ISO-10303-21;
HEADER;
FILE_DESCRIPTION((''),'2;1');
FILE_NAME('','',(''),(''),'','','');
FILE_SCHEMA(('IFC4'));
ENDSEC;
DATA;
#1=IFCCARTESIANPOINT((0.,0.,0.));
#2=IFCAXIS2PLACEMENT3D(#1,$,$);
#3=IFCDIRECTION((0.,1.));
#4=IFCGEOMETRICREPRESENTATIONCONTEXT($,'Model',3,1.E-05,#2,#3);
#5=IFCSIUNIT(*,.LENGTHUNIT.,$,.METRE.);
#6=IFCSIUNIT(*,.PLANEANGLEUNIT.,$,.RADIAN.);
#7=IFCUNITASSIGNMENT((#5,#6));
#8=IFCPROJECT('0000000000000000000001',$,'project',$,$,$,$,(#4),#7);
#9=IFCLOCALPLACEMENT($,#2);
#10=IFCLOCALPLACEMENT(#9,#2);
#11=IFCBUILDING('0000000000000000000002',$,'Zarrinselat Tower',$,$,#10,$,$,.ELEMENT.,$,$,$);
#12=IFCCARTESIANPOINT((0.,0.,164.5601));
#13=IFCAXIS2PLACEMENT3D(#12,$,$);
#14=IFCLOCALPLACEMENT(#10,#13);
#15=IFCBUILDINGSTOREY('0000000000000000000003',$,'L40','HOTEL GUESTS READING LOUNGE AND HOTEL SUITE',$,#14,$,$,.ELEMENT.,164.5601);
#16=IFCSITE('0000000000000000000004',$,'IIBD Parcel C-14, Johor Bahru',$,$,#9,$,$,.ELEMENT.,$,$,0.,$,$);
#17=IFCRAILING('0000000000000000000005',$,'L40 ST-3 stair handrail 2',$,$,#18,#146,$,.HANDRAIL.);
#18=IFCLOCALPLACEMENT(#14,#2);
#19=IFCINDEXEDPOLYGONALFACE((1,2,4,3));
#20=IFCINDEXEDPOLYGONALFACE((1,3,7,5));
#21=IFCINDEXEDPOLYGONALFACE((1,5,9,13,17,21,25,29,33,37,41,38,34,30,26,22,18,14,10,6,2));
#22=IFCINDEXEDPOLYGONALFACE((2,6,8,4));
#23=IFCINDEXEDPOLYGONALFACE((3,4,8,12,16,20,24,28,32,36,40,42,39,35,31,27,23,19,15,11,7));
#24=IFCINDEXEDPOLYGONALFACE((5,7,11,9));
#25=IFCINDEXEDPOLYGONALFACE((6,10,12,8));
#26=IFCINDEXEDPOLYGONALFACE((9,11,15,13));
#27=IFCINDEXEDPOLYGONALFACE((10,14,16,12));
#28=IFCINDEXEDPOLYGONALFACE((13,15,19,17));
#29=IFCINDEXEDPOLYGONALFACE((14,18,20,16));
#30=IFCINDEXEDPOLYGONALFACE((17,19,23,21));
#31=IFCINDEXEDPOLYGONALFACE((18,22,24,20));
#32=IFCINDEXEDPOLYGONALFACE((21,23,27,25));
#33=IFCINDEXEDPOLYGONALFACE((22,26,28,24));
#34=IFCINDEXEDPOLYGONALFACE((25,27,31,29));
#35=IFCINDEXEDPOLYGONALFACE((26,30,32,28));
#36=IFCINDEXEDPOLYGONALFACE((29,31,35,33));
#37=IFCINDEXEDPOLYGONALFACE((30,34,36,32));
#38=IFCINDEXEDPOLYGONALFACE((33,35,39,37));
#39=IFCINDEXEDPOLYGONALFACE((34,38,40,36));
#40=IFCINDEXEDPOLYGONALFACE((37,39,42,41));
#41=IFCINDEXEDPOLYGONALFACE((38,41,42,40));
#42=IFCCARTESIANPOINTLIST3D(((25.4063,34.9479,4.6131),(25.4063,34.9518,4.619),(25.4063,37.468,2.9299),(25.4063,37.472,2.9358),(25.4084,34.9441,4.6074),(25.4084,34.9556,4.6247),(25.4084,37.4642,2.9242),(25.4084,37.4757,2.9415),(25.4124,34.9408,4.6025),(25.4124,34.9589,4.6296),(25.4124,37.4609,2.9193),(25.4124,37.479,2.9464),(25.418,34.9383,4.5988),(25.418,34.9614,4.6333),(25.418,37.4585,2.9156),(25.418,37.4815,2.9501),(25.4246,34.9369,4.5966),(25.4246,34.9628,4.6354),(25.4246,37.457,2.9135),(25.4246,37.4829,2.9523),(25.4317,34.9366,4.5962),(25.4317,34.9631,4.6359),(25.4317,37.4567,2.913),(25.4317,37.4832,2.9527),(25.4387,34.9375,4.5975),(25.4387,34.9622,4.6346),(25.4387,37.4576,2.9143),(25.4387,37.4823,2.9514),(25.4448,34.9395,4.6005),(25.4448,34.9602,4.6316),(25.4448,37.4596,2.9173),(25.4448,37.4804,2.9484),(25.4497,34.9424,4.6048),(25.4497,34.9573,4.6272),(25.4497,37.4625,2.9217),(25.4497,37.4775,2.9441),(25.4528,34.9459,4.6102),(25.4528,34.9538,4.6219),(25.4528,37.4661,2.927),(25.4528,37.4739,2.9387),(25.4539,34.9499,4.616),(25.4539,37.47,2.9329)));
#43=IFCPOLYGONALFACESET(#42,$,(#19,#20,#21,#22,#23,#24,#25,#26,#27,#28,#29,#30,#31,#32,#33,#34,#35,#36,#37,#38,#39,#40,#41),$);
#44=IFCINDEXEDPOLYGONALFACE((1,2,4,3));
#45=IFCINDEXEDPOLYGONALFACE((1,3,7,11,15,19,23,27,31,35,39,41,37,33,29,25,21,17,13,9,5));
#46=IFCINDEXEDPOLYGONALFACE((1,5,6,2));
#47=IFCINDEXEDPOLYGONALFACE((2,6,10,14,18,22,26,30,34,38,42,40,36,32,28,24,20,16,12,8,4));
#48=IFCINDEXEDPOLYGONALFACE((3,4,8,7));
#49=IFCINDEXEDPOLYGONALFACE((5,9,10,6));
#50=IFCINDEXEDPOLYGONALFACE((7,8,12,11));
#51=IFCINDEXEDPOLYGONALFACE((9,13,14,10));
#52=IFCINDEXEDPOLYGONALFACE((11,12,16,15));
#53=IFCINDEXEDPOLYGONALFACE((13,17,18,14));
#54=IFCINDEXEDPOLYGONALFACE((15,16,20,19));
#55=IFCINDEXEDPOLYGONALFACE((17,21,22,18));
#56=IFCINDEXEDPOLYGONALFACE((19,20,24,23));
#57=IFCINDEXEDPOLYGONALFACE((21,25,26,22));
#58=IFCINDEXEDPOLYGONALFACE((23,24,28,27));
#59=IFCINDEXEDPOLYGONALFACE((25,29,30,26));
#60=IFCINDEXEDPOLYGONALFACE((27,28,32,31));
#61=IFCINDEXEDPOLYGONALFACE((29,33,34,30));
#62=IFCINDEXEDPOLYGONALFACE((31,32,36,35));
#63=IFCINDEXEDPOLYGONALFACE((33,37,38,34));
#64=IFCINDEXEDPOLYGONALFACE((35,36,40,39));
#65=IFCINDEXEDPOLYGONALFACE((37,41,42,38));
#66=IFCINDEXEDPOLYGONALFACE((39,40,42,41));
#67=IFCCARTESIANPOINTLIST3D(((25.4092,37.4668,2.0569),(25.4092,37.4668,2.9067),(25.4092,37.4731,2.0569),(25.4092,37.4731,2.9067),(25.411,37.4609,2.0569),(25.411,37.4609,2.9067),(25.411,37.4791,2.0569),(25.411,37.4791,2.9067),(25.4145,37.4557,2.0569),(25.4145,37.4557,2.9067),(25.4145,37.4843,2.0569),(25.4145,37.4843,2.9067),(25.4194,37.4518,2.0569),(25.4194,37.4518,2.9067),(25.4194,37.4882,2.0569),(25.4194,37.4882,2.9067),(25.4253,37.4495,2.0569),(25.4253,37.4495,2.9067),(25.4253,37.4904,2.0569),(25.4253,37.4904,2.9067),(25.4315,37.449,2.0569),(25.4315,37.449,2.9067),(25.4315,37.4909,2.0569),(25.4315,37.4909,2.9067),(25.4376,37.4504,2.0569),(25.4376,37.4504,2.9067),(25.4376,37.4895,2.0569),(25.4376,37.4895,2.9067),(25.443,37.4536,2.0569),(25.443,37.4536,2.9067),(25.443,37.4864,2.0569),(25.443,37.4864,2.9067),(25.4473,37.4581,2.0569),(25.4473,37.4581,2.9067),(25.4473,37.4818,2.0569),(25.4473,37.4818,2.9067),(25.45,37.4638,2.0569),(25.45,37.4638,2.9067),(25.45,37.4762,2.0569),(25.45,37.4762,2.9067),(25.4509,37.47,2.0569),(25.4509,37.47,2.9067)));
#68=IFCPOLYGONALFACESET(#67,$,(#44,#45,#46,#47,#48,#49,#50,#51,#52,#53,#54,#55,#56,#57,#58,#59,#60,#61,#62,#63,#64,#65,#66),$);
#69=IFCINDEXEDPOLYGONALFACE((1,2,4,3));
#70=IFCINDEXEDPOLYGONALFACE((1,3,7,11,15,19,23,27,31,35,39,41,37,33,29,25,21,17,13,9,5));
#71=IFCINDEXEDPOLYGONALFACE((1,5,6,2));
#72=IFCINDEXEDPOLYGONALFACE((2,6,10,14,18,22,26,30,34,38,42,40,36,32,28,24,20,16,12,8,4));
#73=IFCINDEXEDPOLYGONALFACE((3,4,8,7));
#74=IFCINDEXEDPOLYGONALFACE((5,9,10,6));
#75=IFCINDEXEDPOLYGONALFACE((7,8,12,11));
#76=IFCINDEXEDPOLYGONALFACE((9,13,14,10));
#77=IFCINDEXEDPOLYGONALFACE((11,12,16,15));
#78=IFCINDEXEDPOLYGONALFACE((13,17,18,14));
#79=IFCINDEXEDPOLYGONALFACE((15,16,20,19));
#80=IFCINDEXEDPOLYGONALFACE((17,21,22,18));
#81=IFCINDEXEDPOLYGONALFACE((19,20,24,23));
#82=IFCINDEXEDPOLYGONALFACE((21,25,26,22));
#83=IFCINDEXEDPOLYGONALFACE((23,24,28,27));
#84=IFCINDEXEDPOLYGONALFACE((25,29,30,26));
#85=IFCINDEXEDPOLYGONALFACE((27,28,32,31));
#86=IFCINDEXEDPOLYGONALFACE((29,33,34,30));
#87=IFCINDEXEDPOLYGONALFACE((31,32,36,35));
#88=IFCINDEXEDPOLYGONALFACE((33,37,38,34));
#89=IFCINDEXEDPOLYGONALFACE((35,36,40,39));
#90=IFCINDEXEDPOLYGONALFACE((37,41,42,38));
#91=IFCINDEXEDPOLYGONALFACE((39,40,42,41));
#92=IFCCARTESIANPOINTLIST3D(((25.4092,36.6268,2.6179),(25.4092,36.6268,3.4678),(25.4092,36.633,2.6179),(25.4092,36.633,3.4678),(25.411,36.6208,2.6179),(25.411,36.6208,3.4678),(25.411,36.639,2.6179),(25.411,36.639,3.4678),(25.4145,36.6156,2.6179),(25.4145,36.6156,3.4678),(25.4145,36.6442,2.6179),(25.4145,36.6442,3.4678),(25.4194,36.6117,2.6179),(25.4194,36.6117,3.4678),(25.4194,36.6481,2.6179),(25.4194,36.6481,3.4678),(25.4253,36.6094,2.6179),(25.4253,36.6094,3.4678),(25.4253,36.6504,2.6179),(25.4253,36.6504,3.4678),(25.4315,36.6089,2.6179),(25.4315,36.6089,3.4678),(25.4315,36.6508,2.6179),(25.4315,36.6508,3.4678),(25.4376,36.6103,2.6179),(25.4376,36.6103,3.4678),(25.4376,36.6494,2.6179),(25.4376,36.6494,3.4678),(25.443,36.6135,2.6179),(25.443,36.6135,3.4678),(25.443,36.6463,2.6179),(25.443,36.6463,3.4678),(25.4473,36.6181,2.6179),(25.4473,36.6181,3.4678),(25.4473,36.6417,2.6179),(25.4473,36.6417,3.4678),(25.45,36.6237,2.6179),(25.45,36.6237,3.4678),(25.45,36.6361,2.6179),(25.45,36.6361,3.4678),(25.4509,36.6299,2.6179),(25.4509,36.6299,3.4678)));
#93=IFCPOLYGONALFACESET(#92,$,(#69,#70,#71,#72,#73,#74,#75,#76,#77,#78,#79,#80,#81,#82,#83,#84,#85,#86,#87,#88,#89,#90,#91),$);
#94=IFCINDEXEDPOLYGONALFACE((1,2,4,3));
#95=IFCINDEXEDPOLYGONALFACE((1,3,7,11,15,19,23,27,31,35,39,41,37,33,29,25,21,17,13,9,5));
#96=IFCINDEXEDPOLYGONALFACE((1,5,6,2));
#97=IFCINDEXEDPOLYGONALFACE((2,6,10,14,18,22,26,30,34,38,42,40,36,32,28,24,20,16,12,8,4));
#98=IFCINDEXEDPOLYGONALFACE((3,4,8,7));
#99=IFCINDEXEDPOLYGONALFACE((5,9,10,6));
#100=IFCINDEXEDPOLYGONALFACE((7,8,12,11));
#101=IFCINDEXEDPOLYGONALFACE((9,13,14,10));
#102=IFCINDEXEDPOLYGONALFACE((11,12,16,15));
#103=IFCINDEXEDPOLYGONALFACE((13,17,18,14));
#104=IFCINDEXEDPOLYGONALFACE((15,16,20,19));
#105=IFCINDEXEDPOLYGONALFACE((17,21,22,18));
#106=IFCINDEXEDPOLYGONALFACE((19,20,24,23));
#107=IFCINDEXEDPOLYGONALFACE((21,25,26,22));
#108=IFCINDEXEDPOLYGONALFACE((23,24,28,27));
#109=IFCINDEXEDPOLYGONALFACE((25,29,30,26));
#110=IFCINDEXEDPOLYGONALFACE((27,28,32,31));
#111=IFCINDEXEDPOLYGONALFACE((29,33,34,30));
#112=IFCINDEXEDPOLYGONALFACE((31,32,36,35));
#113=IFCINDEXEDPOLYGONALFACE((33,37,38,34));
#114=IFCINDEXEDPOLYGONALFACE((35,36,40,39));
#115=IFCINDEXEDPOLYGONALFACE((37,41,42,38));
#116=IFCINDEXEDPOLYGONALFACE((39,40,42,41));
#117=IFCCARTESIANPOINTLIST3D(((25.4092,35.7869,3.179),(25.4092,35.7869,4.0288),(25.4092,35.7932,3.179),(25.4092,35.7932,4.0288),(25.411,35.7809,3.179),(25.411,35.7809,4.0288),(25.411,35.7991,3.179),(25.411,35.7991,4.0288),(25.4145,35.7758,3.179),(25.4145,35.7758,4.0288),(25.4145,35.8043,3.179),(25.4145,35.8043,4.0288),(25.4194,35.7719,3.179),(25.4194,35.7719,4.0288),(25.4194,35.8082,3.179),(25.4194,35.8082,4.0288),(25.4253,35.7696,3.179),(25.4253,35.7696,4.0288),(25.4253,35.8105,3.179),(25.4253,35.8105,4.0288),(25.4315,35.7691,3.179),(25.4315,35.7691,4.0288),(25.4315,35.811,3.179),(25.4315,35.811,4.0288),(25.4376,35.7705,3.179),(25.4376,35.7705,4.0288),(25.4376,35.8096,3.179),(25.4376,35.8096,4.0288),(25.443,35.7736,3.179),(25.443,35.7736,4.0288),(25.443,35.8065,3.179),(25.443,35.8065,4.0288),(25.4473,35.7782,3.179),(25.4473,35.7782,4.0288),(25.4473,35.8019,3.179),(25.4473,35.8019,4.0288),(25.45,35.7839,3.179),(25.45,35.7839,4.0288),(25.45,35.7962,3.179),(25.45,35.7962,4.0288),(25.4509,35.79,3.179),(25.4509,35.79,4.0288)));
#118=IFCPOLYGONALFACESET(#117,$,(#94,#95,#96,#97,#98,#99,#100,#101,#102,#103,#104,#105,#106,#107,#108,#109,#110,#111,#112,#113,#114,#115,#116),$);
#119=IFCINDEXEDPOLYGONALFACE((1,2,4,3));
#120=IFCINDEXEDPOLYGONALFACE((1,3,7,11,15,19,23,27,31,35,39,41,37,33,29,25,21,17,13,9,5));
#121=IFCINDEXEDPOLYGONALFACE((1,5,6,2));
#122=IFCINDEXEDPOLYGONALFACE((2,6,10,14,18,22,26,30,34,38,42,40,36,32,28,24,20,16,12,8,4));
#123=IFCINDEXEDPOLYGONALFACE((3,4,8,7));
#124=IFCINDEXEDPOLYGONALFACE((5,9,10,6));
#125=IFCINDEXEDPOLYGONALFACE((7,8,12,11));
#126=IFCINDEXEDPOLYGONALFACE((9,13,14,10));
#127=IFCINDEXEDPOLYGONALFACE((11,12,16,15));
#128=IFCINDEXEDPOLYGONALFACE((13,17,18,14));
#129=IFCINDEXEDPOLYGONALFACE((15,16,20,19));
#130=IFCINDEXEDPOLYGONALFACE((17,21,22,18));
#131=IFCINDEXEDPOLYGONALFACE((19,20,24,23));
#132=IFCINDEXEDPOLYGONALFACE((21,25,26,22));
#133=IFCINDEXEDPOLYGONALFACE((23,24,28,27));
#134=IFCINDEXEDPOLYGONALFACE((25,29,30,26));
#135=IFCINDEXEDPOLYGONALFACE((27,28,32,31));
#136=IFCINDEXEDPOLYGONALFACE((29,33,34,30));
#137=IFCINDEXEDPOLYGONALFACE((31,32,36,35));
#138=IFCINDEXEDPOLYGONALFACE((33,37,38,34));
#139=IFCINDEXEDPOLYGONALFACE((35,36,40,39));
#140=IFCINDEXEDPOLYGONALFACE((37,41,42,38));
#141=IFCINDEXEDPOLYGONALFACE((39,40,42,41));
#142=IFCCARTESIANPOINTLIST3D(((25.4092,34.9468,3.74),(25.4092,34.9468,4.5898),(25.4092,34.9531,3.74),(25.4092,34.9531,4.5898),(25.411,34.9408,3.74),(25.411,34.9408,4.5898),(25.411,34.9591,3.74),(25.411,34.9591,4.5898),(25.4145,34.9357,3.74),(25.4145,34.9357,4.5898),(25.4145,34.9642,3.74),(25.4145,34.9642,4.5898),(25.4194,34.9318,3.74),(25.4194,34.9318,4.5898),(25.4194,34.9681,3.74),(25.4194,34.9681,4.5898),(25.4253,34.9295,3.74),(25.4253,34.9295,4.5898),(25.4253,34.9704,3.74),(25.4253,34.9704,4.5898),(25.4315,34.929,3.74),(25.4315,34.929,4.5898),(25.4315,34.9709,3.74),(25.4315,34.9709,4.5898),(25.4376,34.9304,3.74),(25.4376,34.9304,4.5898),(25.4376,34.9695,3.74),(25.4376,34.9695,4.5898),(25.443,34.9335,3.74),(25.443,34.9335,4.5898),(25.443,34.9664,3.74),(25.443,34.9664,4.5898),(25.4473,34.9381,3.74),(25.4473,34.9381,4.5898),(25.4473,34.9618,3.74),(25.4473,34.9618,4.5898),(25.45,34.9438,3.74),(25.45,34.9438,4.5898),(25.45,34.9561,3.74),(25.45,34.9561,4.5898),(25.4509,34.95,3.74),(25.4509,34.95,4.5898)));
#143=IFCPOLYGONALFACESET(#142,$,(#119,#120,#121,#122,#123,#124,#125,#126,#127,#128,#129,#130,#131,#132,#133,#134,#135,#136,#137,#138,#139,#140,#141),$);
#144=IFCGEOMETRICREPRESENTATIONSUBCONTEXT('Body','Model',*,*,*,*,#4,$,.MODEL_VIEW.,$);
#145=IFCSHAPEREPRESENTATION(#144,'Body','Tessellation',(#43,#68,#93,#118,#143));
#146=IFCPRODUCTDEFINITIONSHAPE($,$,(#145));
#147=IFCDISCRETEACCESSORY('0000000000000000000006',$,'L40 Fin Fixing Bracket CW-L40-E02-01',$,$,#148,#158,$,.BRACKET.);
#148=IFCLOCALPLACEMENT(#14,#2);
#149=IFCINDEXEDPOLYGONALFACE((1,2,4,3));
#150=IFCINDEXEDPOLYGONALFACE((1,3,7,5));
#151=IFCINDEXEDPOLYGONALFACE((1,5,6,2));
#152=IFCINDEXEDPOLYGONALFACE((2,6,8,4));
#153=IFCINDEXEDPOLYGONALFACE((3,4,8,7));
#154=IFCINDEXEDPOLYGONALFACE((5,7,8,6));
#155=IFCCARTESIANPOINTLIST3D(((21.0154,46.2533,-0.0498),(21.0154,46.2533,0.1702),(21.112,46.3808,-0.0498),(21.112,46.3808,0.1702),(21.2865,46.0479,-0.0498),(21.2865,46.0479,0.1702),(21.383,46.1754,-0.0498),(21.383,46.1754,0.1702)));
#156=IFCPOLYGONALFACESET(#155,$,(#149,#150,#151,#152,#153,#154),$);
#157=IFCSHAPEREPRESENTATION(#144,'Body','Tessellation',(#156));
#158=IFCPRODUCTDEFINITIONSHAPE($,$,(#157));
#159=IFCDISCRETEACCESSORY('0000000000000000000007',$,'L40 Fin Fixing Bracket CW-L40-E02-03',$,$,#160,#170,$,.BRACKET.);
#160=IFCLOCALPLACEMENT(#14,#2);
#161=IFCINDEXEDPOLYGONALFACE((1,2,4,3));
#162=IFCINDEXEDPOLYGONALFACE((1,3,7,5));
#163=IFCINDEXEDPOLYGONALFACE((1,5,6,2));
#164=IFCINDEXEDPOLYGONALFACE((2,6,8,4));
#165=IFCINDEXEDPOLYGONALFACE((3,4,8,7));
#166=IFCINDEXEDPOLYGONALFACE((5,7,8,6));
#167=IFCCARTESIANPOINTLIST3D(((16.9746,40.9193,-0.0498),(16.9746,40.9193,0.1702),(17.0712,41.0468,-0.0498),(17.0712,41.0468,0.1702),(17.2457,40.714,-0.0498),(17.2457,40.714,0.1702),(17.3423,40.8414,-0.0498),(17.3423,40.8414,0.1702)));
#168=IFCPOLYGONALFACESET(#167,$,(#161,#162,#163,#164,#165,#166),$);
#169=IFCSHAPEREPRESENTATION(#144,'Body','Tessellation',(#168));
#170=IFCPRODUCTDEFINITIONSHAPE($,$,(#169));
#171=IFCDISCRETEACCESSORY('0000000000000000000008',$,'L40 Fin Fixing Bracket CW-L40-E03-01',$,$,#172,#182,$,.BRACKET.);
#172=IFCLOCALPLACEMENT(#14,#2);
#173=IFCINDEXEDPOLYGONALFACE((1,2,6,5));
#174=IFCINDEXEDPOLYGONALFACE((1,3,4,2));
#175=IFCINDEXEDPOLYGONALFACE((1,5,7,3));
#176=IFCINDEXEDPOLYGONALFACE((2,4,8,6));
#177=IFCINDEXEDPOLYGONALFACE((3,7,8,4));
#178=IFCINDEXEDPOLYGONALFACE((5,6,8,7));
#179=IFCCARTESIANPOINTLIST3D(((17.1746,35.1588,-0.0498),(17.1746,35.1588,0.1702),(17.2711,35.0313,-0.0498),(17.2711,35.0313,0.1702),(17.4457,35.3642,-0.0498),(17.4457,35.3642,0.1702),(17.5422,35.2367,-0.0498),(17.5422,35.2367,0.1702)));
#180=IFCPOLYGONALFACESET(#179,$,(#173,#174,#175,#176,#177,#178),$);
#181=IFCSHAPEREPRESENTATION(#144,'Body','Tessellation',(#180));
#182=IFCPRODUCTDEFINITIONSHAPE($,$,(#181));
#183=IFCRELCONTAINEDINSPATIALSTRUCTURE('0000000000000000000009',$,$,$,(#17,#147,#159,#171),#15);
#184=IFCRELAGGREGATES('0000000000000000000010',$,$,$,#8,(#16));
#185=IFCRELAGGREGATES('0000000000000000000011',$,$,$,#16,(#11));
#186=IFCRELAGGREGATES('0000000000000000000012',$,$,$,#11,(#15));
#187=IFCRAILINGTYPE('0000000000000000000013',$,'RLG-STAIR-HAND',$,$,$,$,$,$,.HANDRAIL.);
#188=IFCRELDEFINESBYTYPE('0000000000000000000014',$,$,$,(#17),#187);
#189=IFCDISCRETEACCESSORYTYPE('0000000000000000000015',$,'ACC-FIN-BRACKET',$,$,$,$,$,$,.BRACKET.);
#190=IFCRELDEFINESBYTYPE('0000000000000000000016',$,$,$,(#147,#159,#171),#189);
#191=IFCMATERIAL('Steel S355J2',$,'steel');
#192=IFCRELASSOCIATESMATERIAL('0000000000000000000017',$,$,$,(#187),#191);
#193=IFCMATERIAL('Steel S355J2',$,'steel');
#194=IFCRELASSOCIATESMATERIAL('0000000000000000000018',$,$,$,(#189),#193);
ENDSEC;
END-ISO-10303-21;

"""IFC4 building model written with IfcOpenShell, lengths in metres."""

from ifc_helpers import new_model, si_unit, direction, frame, origin, origin_2d, place, context, subcontext, project, spatial, rectangle, circle, extrude, material, type_object, element, save


model = new_model("IFC4")

# Units and contexts
model_context = context("Model", 3, precision=1e-05, world=origin(), true_north=direction((0.0, 1.0)))
body_context = subcontext(model_context, "Body", "Model", "MODEL_VIEW")
ifc_project = project(units=[si_unit("LENGTHUNIT", "METRE"), si_unit("PLANEANGLEUNIT", "RADIAN")], contexts=[model_context])

# Site, building, storey
site_placement = place(None, origin())
site = spatial("IfcSite", under=ifc_project, at=site_placement, Name="IIBD Parcel C-14, Johor Bahru", CompositionType="ELEMENT", RefElevation=0.0)
building_placement = place(site_placement, origin())
building = spatial("IfcBuilding", under=site, at=building_placement, Name="Zarrinselat Tower", CompositionType="ELEMENT")
storey_placement = place(building_placement, frame((0.0, 0.0, 164.5601)))
storey = spatial("IfcBuildingStorey", under=building, at=storey_placement, Name="L40", Description="HOTEL GUESTS READING LOUNGE AND HOTEL SUITE", CompositionType="ELEMENT", Elevation=164.5601)

# Railing
ifc_material_1 = material(Name="Steel S355J2", Category="steel")
railing_type_1 = type_object("IfcRailingType", Name="RLG-STAIR-HAND", PredefinedType="HANDRAIL", material=ifc_material_1)
railing_1_placement = place(storey_placement, frame((25.4299, 37.47, 2.0569)))
element("IfcRailing", 1, at=railing_1_placement, inside=storey, type_object=railing_type_1, Name="L40 ST-3 stair handrail 2", PredefinedType="HANDRAIL", context=body_context, shape_type="SweptSolid", body=[
    extrude(circle(Radius=0.0239, at=origin_2d()), frame((0.0, 0.0, 0.876), z_axis=(0.0, -0.831579, 0.555406), x_axis=(1.0, 0.0, 0.0)), (0.0, 0.0, 1.0), 3.0305),
    extrude(circle(Radius=0.021, at=origin_2d()), origin(), (0.0, 0.0, 1.0), 0.8499),
    extrude(circle(Radius=0.021, at=origin_2d()), frame((0.0, -0.8401, 0.561)), (0.0, 0.0, 1.0), 0.8499),
    extrude(circle(Radius=0.021, at=origin_2d()), frame((0.0, -1.6799, 1.1221)), (0.0, 0.0, 1.0), 0.8499),
    extrude(circle(Radius=0.021, at=origin_2d()), frame((0.0, -2.52, 1.6831)), (0.0, 0.0, 1.0), 0.8499),
])

# Discrete accessories
ifc_material_2 = material(Name="Steel S355J2", Category="steel")
discrete_accessory_type = type_object("IfcDiscreteAccessoryType", Name="ACC-FIN-BRACKET", PredefinedType="BRACKET", material=ifc_material_2)
for number, where, z_axis, x_axis, name in (
    (2, (21.1992, 46.2144, -0.0498), (0.0, 0.0, 1.0), (-0.797095, 0.603855, 0.0), "L40 Fin Fixing Bracket CW-L40-E02-01"),
    (3, (17.1584, 40.8804, -0.0498), (0.0, 0.0, 1.0), (-0.797095, 0.603855, 0.0), "L40 Fin Fixing Bracket CW-L40-E02-03"),
    (4, (17.3584, 35.1978, -0.0498), (0.0, 0.0, 1.0), (-0.797092, -0.603858, 0.0), "L40 Fin Fixing Bracket CW-L40-E03-01"),
):
    element("IfcDiscreteAccessory", number, at=place(storey_placement, frame(where, z_axis=z_axis, x_axis=x_axis)), inside=storey, type_object=discrete_accessory_type, Name=name, PredefinedType="BRACKET", context=body_context, shape_type="SweptSolid", body=[
        extrude(rectangle(XDim=0.3401, YDim=0.1599, at=origin_2d()), origin(), (0.0, 0.0, 1.0), 0.22),
    ])

save(model, "model.ifc")
